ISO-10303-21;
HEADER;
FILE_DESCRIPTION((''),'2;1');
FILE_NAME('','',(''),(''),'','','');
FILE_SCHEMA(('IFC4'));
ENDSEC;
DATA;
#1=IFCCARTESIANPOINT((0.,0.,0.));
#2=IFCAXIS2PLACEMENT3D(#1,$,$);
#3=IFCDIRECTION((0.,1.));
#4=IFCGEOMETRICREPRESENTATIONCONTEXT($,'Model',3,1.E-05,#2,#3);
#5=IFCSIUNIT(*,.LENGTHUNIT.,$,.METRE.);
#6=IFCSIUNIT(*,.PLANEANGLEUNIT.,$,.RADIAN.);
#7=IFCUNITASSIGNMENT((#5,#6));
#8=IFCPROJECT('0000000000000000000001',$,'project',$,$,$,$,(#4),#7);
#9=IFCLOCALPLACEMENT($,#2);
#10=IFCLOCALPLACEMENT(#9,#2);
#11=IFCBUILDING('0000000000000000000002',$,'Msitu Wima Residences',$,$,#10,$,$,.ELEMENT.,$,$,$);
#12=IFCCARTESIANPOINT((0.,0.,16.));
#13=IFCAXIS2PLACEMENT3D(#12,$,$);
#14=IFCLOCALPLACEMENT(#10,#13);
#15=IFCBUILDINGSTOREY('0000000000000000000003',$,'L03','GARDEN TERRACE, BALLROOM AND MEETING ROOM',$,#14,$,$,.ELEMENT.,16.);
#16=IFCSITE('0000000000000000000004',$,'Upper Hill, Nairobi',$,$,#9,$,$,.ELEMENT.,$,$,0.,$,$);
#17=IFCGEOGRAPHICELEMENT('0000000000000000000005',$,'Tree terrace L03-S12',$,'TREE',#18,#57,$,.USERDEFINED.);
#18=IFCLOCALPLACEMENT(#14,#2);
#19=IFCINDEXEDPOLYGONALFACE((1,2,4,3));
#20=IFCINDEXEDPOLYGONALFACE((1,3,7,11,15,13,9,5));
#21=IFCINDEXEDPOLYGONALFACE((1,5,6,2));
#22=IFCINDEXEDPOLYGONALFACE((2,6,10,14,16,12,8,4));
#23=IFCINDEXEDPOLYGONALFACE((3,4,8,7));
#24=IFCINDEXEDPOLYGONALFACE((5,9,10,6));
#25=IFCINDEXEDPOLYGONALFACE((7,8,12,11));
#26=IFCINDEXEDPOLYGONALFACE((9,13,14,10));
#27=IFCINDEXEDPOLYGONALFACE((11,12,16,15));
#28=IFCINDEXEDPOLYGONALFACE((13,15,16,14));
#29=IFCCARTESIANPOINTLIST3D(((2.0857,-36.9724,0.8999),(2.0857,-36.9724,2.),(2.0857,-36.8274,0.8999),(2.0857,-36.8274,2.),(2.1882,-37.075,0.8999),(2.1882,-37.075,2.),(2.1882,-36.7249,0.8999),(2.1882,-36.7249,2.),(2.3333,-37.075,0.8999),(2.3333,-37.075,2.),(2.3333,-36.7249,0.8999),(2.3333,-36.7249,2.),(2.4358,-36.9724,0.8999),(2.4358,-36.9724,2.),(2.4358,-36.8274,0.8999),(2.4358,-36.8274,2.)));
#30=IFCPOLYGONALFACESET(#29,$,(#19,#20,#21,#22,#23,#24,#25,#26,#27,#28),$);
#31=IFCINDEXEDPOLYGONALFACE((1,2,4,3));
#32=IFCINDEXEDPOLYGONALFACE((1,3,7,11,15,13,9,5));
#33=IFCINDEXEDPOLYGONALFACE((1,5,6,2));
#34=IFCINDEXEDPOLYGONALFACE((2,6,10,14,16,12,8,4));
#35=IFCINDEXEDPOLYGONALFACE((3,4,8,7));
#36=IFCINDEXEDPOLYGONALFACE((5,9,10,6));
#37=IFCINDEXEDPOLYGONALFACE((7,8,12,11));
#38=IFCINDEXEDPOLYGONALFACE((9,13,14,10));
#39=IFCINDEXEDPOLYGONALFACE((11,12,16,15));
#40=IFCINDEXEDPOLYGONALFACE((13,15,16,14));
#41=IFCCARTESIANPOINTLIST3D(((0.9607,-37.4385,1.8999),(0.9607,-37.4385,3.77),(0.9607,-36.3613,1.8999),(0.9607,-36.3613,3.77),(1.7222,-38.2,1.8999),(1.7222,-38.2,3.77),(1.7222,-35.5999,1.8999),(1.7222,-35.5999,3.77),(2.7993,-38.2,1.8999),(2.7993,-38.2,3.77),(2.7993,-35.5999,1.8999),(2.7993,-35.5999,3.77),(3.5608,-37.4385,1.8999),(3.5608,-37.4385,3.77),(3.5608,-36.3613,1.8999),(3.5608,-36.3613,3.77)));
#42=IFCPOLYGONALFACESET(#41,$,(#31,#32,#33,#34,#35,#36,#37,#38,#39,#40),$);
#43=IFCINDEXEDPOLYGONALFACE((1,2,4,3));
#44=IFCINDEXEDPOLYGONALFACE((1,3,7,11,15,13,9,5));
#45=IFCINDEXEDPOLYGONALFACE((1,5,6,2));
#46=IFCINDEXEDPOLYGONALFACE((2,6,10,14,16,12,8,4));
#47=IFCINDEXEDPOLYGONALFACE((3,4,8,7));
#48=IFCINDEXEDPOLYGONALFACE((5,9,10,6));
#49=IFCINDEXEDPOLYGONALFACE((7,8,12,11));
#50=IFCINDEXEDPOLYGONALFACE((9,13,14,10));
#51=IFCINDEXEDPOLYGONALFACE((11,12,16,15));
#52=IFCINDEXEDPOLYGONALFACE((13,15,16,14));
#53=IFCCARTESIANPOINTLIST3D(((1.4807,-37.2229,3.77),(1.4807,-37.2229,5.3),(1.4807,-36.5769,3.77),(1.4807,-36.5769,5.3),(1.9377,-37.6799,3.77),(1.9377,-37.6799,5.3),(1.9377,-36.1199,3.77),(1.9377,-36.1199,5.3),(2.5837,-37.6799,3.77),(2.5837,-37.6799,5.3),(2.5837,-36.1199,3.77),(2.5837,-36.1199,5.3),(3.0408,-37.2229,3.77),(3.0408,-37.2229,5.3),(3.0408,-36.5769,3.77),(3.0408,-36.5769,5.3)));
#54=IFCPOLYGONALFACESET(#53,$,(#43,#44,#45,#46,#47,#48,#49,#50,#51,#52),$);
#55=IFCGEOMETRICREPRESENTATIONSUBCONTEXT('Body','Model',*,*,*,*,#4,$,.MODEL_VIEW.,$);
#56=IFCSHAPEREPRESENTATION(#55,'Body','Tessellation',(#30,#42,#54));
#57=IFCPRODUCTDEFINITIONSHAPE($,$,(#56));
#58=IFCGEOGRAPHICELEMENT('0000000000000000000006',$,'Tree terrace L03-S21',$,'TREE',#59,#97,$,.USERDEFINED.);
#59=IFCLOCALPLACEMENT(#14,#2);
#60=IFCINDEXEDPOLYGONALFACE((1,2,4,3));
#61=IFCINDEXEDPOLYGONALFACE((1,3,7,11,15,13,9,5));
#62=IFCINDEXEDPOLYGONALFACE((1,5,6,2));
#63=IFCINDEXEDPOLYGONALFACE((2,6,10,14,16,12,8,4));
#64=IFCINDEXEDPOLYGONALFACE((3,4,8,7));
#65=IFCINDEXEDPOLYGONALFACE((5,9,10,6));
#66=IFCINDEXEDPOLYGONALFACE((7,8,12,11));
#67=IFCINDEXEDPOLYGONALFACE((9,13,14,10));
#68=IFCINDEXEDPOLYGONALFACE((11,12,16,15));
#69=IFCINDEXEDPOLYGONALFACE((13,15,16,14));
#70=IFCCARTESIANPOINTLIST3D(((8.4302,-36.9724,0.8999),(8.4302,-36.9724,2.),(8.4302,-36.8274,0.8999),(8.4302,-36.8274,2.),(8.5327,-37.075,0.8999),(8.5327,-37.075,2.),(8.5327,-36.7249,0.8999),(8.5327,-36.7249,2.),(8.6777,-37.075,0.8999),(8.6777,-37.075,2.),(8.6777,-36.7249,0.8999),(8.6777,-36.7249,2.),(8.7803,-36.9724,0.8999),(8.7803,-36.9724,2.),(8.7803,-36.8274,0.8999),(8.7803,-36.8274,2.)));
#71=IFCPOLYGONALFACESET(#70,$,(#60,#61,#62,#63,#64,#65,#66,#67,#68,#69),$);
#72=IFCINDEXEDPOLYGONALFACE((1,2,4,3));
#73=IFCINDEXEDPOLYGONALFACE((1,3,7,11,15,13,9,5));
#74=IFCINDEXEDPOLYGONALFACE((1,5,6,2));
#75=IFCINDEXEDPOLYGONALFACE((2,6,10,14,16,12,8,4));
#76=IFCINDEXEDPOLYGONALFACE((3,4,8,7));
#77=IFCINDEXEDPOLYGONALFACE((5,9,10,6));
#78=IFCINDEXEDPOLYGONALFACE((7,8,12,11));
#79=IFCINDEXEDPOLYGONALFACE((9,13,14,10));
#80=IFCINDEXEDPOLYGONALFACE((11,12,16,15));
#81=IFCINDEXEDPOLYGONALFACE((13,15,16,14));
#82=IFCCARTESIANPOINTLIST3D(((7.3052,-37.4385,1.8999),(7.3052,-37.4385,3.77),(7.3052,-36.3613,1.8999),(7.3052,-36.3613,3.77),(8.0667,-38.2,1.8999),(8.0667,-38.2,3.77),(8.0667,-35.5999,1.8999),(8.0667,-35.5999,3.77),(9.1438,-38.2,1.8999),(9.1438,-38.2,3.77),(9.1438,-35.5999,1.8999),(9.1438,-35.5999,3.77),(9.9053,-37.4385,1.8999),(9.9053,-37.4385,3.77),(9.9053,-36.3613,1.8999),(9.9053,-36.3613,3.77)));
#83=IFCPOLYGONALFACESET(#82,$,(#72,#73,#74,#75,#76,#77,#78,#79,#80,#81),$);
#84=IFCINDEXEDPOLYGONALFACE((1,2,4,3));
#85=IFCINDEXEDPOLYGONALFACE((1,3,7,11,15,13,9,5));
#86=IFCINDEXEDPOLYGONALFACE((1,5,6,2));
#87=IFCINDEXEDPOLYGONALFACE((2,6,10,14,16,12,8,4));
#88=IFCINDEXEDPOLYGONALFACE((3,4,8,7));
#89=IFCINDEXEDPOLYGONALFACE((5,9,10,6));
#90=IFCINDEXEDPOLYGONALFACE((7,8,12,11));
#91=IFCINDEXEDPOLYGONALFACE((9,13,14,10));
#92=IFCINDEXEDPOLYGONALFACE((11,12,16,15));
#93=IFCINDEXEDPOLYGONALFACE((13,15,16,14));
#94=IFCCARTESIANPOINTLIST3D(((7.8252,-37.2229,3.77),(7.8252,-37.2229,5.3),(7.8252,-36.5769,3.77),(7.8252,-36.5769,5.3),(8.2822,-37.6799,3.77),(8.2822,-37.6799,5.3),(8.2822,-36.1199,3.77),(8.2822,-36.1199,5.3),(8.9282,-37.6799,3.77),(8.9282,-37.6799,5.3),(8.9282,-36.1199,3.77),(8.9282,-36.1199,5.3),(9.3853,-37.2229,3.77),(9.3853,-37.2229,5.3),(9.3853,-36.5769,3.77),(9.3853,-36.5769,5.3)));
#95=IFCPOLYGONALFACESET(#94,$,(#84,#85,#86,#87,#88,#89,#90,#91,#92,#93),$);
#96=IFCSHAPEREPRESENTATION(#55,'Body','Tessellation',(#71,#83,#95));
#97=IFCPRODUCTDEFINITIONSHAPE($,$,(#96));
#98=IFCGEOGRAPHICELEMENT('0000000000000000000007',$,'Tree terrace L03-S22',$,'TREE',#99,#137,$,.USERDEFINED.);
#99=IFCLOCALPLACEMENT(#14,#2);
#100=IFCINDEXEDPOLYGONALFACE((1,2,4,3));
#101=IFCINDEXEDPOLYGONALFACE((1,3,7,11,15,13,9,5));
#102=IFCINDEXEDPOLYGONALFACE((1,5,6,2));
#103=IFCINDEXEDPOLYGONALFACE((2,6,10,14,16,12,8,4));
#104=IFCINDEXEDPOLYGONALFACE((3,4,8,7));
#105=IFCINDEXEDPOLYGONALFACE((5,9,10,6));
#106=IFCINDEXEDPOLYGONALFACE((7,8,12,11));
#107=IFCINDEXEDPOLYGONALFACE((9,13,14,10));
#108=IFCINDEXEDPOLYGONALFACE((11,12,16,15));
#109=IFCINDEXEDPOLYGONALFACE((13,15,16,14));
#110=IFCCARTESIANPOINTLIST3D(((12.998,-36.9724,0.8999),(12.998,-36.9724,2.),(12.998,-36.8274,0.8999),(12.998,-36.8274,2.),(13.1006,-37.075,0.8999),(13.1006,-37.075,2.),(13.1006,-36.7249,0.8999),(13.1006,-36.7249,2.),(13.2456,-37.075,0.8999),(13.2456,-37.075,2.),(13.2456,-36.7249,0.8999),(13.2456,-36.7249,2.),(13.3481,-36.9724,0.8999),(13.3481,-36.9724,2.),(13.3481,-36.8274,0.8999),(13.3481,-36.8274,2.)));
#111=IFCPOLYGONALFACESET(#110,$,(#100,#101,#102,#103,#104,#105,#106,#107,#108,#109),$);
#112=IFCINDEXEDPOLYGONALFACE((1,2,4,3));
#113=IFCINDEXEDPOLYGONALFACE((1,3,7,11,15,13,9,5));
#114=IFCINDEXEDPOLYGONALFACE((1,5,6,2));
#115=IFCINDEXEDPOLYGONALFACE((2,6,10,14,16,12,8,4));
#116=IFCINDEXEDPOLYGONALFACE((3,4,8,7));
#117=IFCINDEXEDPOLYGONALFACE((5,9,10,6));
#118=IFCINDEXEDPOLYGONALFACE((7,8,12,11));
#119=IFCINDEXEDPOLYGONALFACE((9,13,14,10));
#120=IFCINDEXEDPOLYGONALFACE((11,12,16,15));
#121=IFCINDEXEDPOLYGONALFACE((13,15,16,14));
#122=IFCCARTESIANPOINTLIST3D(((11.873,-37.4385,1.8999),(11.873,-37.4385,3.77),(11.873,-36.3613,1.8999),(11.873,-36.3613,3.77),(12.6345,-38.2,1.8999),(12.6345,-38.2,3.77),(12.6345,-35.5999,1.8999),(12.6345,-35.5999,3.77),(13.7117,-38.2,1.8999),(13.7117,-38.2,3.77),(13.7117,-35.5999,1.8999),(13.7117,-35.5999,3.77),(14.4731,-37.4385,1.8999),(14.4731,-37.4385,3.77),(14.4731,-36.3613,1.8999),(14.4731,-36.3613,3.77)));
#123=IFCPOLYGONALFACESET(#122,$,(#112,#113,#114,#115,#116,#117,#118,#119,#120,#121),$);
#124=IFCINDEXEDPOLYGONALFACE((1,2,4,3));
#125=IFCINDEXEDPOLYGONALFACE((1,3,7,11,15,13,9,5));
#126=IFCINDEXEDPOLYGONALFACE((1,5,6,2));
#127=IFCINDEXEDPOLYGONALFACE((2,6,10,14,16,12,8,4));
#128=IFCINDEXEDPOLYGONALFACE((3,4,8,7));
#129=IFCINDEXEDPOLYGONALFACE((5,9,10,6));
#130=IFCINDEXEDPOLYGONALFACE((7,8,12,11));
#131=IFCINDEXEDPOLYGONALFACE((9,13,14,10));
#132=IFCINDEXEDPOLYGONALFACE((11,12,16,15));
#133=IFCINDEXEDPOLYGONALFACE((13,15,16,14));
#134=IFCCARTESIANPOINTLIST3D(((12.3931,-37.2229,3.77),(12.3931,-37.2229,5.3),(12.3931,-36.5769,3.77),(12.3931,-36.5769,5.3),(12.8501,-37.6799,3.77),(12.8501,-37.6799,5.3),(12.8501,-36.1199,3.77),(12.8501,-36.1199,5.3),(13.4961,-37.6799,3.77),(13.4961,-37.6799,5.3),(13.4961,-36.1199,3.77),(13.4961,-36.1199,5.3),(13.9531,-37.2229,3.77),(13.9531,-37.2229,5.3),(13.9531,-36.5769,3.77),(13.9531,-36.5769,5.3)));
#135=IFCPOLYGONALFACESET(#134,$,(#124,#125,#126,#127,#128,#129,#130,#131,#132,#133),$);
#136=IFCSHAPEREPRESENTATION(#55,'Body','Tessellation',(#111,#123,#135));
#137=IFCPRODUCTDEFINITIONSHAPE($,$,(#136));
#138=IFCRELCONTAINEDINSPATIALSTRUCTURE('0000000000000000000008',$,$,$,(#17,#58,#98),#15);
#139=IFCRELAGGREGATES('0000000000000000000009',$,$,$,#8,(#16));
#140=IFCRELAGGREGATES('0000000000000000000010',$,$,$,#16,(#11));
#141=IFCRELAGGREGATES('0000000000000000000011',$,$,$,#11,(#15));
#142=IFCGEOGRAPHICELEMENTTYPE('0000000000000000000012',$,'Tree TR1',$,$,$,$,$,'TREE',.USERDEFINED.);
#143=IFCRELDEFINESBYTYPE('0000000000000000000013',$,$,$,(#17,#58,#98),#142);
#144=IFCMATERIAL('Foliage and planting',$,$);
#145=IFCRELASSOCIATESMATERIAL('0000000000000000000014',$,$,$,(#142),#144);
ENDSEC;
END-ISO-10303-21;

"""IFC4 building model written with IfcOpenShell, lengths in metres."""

from ifc_helpers import new_model, si_unit, direction, frame, origin, place, context, subcontext, project, spatial, polyline, outline, extrude, material, type_object, element, save


model = new_model("IFC4")

# Units and contexts
model_context = context("Model", 3, precision=1e-05, world=origin(), true_north=direction((0.0, 1.0)))
body_context = subcontext(model_context, "Body", "Model", "MODEL_VIEW")
ifc_project = project(units=[si_unit("LENGTHUNIT", "METRE"), si_unit("PLANEANGLEUNIT", "RADIAN")], contexts=[model_context])

# Site, building, storey
site_placement = place(None, origin())
site = spatial("IfcSite", under=ifc_project, at=site_placement, Name="Upper Hill, Nairobi", CompositionType="ELEMENT", RefElevation=0.0)
building_placement = place(site_placement, origin())
building = spatial("IfcBuilding", under=site, at=building_placement, Name="Msitu Wima Residences", CompositionType="ELEMENT")
storey_placement = place(building_placement, frame((0.0, 0.0, 16.0)))
storey = spatial("IfcBuildingStorey", under=building, at=storey_placement, Name="L03", Description="GARDEN TERRACE, BALLROOM AND MEETING ROOM", CompositionType="ELEMENT", Elevation=16.0)

# Geographic elements
ifc_material_1 = material(Name="Foliage and planting")
geographic_element_type = type_object("IfcGeographicElementType", Name="Tree TR1", ElementType="TREE", PredefinedType="USERDEFINED", material=ifc_material_1)
for number, where, z_axis, x_axis, name in (
    (1, (2.2607, -36.8999, 0.8999), (0.0, 0.0, 1.0), (1.0, 0.0, 0.0), "Tree terrace L03-S12"),
    (2, (8.6052, -36.8999, 0.8999), (0.0, 0.0, 1.0), (1.0, 0.0, 0.0), "Tree terrace L03-S21"),
    (3, (13.1731, -36.8999, 0.8999), (0.0, 0.0, 1.0), (1.0, 0.0, 0.0), "Tree terrace L03-S22"),
):
    element("IfcGeographicElement", number, at=place(storey_placement, frame(where, z_axis=z_axis, x_axis=x_axis)), inside=storey, type_object=geographic_element_type, Name=name, ObjectType="TREE", PredefinedType="USERDEFINED", context=body_context, shape_type="SweptSolid", body=[
        extrude(outline(polyline([(0.175, 0.0725), (0.0725, 0.175), (-0.0725, 0.175), (-0.175, 0.0725), (-0.175, -0.0725), (-0.0725, -0.175), (0.0725, -0.175), (0.175, -0.0725), (0.175, 0.0725)])), origin(), (0.0, 0.0, 1.0), 1.1001),
        extrude(outline(polyline([(1.3, 0.5386), (0.5386, 1.3), (-0.5386, 1.3), (-1.3, 0.5386), (-1.3, -0.5386), (-0.5386, -1.3), (0.5386, -1.3), (1.3, -0.5386), (1.3, 0.5386)])), frame((0.0, 0.0, 1.0)), (0.0, 0.0, 1.0), 1.8701),
        extrude(outline(polyline([(0.78, 0.323), (0.323, 0.78), (-0.323, 0.78), (-0.78, 0.323), (-0.78, -0.323), (-0.323, -0.78), (0.323, -0.78), (0.78, -0.323), (0.78, 0.323)])), frame((0.0, 0.0, 2.8701)), (0.0, 0.0, 1.0), 1.53),
    ])

save(model, "model.ifc")
